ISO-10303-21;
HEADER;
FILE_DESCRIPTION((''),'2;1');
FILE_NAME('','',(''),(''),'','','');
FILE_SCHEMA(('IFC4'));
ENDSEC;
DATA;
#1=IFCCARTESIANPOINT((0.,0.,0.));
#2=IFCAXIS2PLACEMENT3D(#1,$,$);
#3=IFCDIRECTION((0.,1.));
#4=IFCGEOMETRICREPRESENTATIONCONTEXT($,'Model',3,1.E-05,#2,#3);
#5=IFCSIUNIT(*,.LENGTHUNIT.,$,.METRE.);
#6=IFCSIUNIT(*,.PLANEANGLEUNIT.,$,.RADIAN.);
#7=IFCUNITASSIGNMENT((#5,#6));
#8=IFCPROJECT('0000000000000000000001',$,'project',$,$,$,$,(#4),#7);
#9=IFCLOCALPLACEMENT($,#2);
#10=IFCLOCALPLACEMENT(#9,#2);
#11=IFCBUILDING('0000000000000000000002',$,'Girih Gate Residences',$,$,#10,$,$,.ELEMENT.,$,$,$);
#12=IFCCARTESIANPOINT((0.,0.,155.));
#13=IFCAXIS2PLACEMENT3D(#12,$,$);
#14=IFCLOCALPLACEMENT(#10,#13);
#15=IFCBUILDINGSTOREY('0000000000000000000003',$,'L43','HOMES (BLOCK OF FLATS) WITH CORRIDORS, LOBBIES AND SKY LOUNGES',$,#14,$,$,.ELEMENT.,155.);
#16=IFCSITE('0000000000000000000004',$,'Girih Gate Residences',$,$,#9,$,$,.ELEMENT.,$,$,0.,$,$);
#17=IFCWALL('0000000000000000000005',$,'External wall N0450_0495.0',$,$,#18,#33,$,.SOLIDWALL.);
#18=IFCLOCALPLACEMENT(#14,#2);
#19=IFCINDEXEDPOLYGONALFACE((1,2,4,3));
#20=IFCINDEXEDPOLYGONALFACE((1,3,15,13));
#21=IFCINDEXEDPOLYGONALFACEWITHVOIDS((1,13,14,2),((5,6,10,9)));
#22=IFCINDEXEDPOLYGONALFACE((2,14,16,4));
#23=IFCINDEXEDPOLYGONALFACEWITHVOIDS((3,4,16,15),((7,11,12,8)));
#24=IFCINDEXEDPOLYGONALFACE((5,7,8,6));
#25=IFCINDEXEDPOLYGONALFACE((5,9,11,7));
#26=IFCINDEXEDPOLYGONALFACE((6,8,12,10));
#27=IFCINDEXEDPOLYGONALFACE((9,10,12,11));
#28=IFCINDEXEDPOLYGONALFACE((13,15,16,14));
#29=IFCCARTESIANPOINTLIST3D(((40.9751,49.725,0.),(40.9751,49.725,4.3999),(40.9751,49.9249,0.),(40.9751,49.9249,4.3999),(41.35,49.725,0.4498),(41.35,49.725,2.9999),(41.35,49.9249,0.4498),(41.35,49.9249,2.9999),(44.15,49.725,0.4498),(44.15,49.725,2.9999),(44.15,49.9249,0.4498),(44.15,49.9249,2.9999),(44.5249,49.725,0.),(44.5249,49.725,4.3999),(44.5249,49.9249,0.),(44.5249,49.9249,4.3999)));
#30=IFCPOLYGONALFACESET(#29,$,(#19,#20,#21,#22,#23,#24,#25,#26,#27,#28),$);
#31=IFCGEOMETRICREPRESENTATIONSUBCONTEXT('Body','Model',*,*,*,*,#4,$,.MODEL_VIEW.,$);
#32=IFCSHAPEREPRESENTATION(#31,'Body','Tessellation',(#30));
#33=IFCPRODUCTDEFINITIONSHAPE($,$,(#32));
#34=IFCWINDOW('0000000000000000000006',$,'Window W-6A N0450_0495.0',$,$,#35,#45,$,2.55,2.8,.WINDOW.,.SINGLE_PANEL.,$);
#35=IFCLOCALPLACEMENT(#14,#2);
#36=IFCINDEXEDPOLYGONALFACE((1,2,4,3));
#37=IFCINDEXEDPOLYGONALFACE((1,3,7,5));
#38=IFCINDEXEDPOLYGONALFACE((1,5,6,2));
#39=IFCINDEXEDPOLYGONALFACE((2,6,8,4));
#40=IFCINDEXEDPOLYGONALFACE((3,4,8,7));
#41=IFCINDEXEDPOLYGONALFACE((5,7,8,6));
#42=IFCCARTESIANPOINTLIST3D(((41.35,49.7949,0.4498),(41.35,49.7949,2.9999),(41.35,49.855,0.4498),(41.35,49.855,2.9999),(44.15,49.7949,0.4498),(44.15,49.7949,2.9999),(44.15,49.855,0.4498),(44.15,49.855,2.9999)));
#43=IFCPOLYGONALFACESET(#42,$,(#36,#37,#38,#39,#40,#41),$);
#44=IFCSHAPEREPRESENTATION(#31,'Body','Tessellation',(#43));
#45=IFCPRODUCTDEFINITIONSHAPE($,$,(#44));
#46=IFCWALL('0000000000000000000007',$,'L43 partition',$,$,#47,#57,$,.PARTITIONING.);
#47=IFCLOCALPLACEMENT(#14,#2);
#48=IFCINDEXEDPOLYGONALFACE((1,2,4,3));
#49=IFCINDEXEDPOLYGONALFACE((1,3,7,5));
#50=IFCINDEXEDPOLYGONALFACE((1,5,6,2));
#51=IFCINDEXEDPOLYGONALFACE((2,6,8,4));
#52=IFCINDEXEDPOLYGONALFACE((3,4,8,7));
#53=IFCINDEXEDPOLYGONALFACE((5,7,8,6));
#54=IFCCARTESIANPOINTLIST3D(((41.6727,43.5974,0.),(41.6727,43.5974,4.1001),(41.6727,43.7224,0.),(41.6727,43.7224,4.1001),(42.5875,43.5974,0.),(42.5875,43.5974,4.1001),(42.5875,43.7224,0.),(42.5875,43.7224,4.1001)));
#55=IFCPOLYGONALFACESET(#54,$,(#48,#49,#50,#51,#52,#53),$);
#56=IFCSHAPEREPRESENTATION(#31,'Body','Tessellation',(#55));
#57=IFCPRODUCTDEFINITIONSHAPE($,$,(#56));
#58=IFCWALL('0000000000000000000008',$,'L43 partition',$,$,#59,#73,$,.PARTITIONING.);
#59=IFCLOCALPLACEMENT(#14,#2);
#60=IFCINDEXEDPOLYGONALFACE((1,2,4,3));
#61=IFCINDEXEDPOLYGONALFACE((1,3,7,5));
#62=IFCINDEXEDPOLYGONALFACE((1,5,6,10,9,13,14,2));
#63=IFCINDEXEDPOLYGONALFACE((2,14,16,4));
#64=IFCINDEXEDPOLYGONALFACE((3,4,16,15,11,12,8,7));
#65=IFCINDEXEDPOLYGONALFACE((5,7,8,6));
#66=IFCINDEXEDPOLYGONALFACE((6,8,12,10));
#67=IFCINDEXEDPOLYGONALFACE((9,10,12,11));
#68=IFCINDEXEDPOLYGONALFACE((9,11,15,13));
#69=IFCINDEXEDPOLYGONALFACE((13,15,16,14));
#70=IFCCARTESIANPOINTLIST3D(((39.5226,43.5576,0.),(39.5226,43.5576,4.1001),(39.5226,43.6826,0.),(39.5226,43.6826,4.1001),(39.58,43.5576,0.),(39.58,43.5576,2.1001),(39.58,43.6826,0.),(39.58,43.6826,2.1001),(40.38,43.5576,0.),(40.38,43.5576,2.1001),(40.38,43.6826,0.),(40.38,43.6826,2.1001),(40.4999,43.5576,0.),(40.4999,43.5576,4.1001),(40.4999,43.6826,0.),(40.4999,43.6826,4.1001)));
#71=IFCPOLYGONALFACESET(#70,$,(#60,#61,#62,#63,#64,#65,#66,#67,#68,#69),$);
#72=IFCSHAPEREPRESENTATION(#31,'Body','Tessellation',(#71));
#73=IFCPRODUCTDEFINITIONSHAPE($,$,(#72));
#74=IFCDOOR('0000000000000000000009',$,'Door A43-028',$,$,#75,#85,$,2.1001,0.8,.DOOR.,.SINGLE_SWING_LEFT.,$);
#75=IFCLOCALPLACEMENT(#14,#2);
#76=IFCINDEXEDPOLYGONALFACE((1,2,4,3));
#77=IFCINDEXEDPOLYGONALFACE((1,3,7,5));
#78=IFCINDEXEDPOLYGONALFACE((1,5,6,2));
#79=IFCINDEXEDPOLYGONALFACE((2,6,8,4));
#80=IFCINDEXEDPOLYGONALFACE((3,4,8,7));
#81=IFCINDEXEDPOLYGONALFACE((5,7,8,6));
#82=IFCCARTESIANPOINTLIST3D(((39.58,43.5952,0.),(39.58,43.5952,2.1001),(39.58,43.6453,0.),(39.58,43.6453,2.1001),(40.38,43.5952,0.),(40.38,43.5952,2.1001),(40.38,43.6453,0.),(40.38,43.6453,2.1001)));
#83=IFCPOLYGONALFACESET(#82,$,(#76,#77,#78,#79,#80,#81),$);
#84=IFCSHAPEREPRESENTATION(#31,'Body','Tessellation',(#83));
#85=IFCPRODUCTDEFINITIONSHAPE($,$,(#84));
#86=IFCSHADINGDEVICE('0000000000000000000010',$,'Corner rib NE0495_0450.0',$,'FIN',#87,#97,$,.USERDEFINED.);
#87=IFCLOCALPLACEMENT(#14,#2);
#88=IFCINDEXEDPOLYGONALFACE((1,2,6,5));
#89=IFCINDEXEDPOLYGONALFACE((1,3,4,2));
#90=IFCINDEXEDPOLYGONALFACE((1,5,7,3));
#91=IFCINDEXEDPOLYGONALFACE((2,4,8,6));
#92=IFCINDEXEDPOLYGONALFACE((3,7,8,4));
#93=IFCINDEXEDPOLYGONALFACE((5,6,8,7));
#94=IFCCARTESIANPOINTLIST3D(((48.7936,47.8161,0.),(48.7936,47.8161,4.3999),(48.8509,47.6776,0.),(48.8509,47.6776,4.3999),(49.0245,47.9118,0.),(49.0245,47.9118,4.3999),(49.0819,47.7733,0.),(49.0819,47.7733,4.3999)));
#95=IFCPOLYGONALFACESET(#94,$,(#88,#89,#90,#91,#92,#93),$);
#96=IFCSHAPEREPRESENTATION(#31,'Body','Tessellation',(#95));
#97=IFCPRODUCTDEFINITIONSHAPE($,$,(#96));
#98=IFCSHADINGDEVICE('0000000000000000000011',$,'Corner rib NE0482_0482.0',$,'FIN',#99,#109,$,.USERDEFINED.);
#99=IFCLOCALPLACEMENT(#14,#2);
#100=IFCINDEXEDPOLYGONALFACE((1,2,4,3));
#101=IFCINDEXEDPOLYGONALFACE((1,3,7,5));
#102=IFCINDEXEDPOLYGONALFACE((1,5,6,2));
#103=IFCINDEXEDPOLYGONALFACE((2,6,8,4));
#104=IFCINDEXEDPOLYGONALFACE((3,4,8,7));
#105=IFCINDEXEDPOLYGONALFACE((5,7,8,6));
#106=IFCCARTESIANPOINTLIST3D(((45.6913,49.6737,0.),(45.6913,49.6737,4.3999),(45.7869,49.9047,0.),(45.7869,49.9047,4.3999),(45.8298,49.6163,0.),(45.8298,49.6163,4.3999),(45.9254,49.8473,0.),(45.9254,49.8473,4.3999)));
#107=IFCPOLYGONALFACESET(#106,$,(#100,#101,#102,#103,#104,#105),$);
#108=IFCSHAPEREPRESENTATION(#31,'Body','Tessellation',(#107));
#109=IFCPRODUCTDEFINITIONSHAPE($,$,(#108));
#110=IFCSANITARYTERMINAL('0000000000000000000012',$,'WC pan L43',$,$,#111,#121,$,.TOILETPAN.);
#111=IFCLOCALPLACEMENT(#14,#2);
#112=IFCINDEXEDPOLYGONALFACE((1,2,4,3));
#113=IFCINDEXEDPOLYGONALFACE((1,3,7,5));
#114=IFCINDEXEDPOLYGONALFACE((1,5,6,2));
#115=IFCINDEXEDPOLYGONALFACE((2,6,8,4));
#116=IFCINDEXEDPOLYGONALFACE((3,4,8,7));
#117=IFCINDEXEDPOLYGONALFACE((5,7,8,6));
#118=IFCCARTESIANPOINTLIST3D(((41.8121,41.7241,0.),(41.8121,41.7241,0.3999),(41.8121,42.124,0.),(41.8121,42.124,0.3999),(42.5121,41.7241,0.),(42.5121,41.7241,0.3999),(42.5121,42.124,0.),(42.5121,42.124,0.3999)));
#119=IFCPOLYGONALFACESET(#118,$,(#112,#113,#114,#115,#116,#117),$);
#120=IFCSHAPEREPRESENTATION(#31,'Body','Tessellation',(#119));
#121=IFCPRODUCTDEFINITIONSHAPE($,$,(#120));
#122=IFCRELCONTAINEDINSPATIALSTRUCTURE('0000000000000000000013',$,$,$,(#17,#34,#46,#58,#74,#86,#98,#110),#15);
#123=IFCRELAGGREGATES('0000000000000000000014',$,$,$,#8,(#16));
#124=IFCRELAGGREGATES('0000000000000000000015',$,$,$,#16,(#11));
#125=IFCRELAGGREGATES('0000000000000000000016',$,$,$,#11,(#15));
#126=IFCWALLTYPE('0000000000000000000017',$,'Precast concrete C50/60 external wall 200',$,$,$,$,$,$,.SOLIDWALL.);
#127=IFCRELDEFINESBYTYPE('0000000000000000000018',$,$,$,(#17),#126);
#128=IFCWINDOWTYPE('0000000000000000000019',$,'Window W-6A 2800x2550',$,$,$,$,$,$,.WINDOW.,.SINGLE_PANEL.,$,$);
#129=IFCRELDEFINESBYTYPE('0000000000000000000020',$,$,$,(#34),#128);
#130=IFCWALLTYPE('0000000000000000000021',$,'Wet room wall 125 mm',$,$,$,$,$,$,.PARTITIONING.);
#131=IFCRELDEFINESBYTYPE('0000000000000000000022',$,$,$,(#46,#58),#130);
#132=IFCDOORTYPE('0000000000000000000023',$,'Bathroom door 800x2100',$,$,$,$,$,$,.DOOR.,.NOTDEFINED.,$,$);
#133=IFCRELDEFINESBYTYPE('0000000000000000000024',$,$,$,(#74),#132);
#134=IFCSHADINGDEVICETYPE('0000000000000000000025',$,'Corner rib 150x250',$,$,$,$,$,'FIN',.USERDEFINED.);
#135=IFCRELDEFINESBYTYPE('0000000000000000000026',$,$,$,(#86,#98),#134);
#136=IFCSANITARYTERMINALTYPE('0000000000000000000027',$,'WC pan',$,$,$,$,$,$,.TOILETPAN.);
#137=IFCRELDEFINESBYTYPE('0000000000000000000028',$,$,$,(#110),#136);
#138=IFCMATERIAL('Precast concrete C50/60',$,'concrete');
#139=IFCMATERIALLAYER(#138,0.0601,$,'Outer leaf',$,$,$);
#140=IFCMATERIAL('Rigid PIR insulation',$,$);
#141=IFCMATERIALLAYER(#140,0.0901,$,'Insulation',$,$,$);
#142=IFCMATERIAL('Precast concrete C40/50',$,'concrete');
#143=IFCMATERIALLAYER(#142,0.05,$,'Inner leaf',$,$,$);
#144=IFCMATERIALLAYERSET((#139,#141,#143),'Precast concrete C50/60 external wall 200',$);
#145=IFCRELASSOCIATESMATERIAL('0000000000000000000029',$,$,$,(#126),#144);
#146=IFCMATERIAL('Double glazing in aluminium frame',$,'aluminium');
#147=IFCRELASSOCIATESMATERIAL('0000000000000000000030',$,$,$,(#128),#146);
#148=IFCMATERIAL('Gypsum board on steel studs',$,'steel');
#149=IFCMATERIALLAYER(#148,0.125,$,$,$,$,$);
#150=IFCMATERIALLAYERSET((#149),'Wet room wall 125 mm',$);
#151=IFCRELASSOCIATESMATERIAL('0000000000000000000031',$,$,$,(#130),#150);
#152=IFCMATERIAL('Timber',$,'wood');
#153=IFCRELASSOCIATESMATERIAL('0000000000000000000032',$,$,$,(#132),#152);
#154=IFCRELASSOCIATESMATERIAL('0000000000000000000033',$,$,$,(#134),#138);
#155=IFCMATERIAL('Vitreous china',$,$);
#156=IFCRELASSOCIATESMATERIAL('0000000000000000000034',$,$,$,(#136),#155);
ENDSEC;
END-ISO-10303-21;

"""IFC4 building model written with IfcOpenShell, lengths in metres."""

from ifc_helpers import new_model, si_unit, direction, frame, frame_2d, origin, origin_2d, place, context, subcontext, project, spatial, rectangle, extrude, material, layer, layer_set, type_object, element, fill, save


model = new_model("IFC4")

# Units and contexts
model_context = context("Model", 3, precision=1e-05, world=origin(), true_north=direction((0.0, 1.0)))
body_context = subcontext(model_context, "Body", "Model", "MODEL_VIEW")
ifc_project = project(units=[si_unit("LENGTHUNIT", "METRE"), si_unit("PLANEANGLEUNIT", "RADIAN")], contexts=[model_context])

# Site, building, storey
site_placement = place(None, origin())
site = spatial("IfcSite", under=ifc_project, at=site_placement, Name="Girih Gate Residences", CompositionType="ELEMENT", RefElevation=0.0)
building_placement = place(site_placement, origin())
building = spatial("IfcBuilding", under=site, at=building_placement, Name="Girih Gate Residences", CompositionType="ELEMENT")
storey_placement = place(building_placement, frame((0.0, 0.0, 155.0)))
storey = spatial("IfcBuildingStorey", under=building, at=storey_placement, Name="L43", Description="HOMES (BLOCK OF FLATS) WITH CORRIDORS, LOBBIES AND SKY LOUNGES", CompositionType="ELEMENT", Elevation=155.0)

# Shared definitions
ifc_material_1 = material(Name="Gypsum board on steel studs", Category="steel")
ifc_material_2 = material(Name="Timber", Category="wood")

# Wall, opening, window
ifc_material_3 = material(Name="Precast concrete C50/60", Category="concrete")
ifc_layer_1 = layer(ifc_material_3, 0.0601, Name="Outer leaf")
ifc_material_4 = material(Name="Rigid PIR insulation")
ifc_layer_2 = layer(ifc_material_4, 0.0901, Name="Insulation")
ifc_material_5 = material(Name="Precast concrete C40/50", Category="concrete")
ifc_layer_3 = layer(ifc_material_5, 0.05, Name="Inner leaf")
ifc_layer_set_1 = layer_set([ifc_layer_1, ifc_layer_2, ifc_layer_3], Name="Precast concrete C50/60 external wall 200")
wall_type_1 = type_object("IfcWallType", Name="Precast concrete C50/60 external wall 200", PredefinedType="SOLIDWALL", material=ifc_layer_set_1)
ifc_material_6 = material(Name="Double glazing in aluminium frame", Category="aluminium")
window_type_1 = type_object("IfcWindowType", Name="Window W-6A 2800x2550", PartitioningType="SINGLE_PANEL", PredefinedType="WINDOW", material=ifc_material_6)
wall_1_placement = place(storey_placement, frame((40.9751, 49.825, 0.0), z_axis=(0.0, 0.0, 1.0), x_axis=(1.0, 0.0, 0.0)))
wall_1 = element("IfcWall", 1, at=wall_1_placement, inside=storey, type_object=wall_type_1, Name="External wall N0450_0495.0", PredefinedType="SOLIDWALL", context=body_context, shape_type="SweptSolid", body=[
    extrude(rectangle(XDim=3.5498, YDim=0.2, at=frame_2d((1.7749, 0.0))), origin(), (0.0, 0.0, 1.0), 4.3999),
])
opening_1_placement = place(wall_1_placement, frame((0.375, 0.0, 0.45)))
opening_1 = element("IfcOpeningElement", 2, at=opening_1_placement, cuts=wall_1, PredefinedType="OPENING", context=body_context, shape_type="SweptSolid", body=[
    extrude(rectangle(XDim=2.8, YDim=2.55, at=frame_2d((1.3999, 1.2749))), frame((0.0, 0.1099, 0.0), z_axis=(0.0, -1.0, 0.0), x_axis=(1.0, 0.0, 0.0)), (0.0, 0.0, 1.0), 0.22),
])
window_1_placement = place(opening_1_placement, origin())
window_1 = element("IfcWindow", 3, at=window_1_placement, inside=storey, type_object=window_type_1, Name="Window W-6A N0450_0495.0", OverallHeight=2.55, OverallWidth=2.8, PartitioningType="SINGLE_PANEL", PredefinedType="WINDOW", context=body_context, shape_type="SweptSolid", body=[
    extrude(rectangle(XDim=2.8, YDim=2.55, at=frame_2d((1.3999, 1.2749))), frame((0.0, 0.03, 0.0), z_axis=(0.0, -1.0, 0.0), x_axis=(1.0, 0.0, 0.0)), (0.0, 0.0, 1.0), 0.0601),
])
fill(opening_1, window_1)

# Wall
ifc_layer_4 = layer(ifc_material_1, 0.125)
ifc_layer_set_2 = layer_set([ifc_layer_4], Name="Wet room wall 125 mm")
wall_type_2 = type_object("IfcWallType", Name="Wet room wall 125 mm", PredefinedType="PARTITIONING", material=ifc_layer_set_2)
wall_2_placement = place(storey_placement, frame((41.6726, 43.6599, 0.0), z_axis=(0.0, 0.0, 1.0), x_axis=(1.0, 0.0, 0.0)))
element("IfcWall", 4, at=wall_2_placement, inside=storey, type_object=wall_type_2, Name="L43 partition", PredefinedType="PARTITIONING", context=body_context, shape_type="SweptSolid", body=[
    extrude(rectangle(XDim=0.9148, YDim=0.125, at=frame_2d((0.4575, 0.0))), origin(), (0.0, 0.0, 1.0), 4.1001),
])

# Wall, opening, door
wall_3_placement = place(storey_placement, frame((40.5, 43.6201, 0.0), z_axis=(0.0, 0.0, 1.0), x_axis=(-1.0, 0.0, 0.0)))
wall_3 = element("IfcWall", 5, at=wall_3_placement, inside=storey, type_object=wall_type_2, Name="L43 partition", PredefinedType="PARTITIONING", context=body_context, shape_type="SweptSolid", body=[
    extrude(rectangle(XDim=0.9773, YDim=0.125, at=frame_2d((0.4888, 0.0))), origin(), (0.0, 0.0, 1.0), 4.1001),
])
opening_2_placement = place(wall_3_placement, frame((0.1201, 0.0, 0.0)))
opening_2 = element("IfcOpeningElement", 6, at=opening_2_placement, cuts=wall_3, PredefinedType="OPENING", context=body_context, shape_type="SweptSolid", body=[
    extrude(rectangle(XDim=0.8, YDim=2.1001, at=frame_2d((0.3999, 1.05))), frame((0.0, 0.0725, 0.0), z_axis=(0.0, -1.0, 0.0), x_axis=(1.0, 0.0, 0.0)), (0.0, 0.0, 1.0), 0.145),
])
door_type_1 = type_object("IfcDoorType", Name="Bathroom door 800x2100", OperationType="NOTDEFINED", PredefinedType="DOOR", material=ifc_material_2)
door_1_placement = place(opening_2_placement, origin())
door_1 = element("IfcDoor", 7, at=door_1_placement, inside=storey, type_object=door_type_1, Name="Door A43-028", OperationType="SINGLE_SWING_LEFT", OverallHeight=2.1001, OverallWidth=0.8, PredefinedType="DOOR", context=body_context, shape_type="SweptSolid", body=[
    extrude(rectangle(XDim=0.8, YDim=2.1001, at=frame_2d((0.3999, 1.05))), frame((0.0, 0.0249, 0.0), z_axis=(0.0, -1.0, 0.0), x_axis=(1.0, 0.0, 0.0)), (0.0, 0.0, 1.0), 0.05),
])
fill(opening_2, door_1)

# Shading devices
shading_device_type = type_object("IfcShadingDeviceType", Name="Corner rib 150x250", ElementType="FIN", PredefinedType="USERDEFINED", material=ifc_material_3)
for number, where, z_axis, x_axis, name in (
    (8, (48.9377, 47.7947, 0.0), (0.0, 0.0, 1.0), (-0.382683, 0.92388, 0.0), "Corner rib NE0495_0450.0"),
    (9, (45.8083, 49.7605, 0.0), (0.0, 0.0, 1.0), (-0.92388, 0.382683, 0.0), "Corner rib NE0482_0482.0"),
):
    element("IfcShadingDevice", number, at=place(storey_placement, frame(where, z_axis=z_axis, x_axis=x_axis)), inside=storey, type_object=shading_device_type, Name=name, ObjectType="FIN", PredefinedType="USERDEFINED", context=body_context, shape_type="SweptSolid", body=[
        extrude(rectangle(XDim=0.1499, YDim=0.25, at=origin_2d()), origin(), (0.0, 0.0, 1.0), 4.3999),
    ])

# Sanitary terminal
ifc_material_7 = material(Name="Vitreous china")
sanitary_terminal_type = type_object("IfcSanitaryTerminalType", Name="WC pan", PredefinedType="TOILETPAN", material=ifc_material_7)
sanitary_terminal_placement = place(storey_placement, frame((42.1621, 41.9241, 0.0), z_axis=(0.0, 0.0, 1.0), x_axis=(1.0, 0.0, 0.0)))
element("IfcSanitaryTerminal", 10, at=sanitary_terminal_placement, inside=storey, type_object=sanitary_terminal_type, Name="WC pan L43", PredefinedType="TOILETPAN", context=body_context, shape_type="SweptSolid", body=[
    extrude(rectangle(XDim=0.7, YDim=0.3999, at=origin_2d()), origin(), (0.0, 0.0, 1.0), 0.3999),
])

save(model, "model.ifc")
